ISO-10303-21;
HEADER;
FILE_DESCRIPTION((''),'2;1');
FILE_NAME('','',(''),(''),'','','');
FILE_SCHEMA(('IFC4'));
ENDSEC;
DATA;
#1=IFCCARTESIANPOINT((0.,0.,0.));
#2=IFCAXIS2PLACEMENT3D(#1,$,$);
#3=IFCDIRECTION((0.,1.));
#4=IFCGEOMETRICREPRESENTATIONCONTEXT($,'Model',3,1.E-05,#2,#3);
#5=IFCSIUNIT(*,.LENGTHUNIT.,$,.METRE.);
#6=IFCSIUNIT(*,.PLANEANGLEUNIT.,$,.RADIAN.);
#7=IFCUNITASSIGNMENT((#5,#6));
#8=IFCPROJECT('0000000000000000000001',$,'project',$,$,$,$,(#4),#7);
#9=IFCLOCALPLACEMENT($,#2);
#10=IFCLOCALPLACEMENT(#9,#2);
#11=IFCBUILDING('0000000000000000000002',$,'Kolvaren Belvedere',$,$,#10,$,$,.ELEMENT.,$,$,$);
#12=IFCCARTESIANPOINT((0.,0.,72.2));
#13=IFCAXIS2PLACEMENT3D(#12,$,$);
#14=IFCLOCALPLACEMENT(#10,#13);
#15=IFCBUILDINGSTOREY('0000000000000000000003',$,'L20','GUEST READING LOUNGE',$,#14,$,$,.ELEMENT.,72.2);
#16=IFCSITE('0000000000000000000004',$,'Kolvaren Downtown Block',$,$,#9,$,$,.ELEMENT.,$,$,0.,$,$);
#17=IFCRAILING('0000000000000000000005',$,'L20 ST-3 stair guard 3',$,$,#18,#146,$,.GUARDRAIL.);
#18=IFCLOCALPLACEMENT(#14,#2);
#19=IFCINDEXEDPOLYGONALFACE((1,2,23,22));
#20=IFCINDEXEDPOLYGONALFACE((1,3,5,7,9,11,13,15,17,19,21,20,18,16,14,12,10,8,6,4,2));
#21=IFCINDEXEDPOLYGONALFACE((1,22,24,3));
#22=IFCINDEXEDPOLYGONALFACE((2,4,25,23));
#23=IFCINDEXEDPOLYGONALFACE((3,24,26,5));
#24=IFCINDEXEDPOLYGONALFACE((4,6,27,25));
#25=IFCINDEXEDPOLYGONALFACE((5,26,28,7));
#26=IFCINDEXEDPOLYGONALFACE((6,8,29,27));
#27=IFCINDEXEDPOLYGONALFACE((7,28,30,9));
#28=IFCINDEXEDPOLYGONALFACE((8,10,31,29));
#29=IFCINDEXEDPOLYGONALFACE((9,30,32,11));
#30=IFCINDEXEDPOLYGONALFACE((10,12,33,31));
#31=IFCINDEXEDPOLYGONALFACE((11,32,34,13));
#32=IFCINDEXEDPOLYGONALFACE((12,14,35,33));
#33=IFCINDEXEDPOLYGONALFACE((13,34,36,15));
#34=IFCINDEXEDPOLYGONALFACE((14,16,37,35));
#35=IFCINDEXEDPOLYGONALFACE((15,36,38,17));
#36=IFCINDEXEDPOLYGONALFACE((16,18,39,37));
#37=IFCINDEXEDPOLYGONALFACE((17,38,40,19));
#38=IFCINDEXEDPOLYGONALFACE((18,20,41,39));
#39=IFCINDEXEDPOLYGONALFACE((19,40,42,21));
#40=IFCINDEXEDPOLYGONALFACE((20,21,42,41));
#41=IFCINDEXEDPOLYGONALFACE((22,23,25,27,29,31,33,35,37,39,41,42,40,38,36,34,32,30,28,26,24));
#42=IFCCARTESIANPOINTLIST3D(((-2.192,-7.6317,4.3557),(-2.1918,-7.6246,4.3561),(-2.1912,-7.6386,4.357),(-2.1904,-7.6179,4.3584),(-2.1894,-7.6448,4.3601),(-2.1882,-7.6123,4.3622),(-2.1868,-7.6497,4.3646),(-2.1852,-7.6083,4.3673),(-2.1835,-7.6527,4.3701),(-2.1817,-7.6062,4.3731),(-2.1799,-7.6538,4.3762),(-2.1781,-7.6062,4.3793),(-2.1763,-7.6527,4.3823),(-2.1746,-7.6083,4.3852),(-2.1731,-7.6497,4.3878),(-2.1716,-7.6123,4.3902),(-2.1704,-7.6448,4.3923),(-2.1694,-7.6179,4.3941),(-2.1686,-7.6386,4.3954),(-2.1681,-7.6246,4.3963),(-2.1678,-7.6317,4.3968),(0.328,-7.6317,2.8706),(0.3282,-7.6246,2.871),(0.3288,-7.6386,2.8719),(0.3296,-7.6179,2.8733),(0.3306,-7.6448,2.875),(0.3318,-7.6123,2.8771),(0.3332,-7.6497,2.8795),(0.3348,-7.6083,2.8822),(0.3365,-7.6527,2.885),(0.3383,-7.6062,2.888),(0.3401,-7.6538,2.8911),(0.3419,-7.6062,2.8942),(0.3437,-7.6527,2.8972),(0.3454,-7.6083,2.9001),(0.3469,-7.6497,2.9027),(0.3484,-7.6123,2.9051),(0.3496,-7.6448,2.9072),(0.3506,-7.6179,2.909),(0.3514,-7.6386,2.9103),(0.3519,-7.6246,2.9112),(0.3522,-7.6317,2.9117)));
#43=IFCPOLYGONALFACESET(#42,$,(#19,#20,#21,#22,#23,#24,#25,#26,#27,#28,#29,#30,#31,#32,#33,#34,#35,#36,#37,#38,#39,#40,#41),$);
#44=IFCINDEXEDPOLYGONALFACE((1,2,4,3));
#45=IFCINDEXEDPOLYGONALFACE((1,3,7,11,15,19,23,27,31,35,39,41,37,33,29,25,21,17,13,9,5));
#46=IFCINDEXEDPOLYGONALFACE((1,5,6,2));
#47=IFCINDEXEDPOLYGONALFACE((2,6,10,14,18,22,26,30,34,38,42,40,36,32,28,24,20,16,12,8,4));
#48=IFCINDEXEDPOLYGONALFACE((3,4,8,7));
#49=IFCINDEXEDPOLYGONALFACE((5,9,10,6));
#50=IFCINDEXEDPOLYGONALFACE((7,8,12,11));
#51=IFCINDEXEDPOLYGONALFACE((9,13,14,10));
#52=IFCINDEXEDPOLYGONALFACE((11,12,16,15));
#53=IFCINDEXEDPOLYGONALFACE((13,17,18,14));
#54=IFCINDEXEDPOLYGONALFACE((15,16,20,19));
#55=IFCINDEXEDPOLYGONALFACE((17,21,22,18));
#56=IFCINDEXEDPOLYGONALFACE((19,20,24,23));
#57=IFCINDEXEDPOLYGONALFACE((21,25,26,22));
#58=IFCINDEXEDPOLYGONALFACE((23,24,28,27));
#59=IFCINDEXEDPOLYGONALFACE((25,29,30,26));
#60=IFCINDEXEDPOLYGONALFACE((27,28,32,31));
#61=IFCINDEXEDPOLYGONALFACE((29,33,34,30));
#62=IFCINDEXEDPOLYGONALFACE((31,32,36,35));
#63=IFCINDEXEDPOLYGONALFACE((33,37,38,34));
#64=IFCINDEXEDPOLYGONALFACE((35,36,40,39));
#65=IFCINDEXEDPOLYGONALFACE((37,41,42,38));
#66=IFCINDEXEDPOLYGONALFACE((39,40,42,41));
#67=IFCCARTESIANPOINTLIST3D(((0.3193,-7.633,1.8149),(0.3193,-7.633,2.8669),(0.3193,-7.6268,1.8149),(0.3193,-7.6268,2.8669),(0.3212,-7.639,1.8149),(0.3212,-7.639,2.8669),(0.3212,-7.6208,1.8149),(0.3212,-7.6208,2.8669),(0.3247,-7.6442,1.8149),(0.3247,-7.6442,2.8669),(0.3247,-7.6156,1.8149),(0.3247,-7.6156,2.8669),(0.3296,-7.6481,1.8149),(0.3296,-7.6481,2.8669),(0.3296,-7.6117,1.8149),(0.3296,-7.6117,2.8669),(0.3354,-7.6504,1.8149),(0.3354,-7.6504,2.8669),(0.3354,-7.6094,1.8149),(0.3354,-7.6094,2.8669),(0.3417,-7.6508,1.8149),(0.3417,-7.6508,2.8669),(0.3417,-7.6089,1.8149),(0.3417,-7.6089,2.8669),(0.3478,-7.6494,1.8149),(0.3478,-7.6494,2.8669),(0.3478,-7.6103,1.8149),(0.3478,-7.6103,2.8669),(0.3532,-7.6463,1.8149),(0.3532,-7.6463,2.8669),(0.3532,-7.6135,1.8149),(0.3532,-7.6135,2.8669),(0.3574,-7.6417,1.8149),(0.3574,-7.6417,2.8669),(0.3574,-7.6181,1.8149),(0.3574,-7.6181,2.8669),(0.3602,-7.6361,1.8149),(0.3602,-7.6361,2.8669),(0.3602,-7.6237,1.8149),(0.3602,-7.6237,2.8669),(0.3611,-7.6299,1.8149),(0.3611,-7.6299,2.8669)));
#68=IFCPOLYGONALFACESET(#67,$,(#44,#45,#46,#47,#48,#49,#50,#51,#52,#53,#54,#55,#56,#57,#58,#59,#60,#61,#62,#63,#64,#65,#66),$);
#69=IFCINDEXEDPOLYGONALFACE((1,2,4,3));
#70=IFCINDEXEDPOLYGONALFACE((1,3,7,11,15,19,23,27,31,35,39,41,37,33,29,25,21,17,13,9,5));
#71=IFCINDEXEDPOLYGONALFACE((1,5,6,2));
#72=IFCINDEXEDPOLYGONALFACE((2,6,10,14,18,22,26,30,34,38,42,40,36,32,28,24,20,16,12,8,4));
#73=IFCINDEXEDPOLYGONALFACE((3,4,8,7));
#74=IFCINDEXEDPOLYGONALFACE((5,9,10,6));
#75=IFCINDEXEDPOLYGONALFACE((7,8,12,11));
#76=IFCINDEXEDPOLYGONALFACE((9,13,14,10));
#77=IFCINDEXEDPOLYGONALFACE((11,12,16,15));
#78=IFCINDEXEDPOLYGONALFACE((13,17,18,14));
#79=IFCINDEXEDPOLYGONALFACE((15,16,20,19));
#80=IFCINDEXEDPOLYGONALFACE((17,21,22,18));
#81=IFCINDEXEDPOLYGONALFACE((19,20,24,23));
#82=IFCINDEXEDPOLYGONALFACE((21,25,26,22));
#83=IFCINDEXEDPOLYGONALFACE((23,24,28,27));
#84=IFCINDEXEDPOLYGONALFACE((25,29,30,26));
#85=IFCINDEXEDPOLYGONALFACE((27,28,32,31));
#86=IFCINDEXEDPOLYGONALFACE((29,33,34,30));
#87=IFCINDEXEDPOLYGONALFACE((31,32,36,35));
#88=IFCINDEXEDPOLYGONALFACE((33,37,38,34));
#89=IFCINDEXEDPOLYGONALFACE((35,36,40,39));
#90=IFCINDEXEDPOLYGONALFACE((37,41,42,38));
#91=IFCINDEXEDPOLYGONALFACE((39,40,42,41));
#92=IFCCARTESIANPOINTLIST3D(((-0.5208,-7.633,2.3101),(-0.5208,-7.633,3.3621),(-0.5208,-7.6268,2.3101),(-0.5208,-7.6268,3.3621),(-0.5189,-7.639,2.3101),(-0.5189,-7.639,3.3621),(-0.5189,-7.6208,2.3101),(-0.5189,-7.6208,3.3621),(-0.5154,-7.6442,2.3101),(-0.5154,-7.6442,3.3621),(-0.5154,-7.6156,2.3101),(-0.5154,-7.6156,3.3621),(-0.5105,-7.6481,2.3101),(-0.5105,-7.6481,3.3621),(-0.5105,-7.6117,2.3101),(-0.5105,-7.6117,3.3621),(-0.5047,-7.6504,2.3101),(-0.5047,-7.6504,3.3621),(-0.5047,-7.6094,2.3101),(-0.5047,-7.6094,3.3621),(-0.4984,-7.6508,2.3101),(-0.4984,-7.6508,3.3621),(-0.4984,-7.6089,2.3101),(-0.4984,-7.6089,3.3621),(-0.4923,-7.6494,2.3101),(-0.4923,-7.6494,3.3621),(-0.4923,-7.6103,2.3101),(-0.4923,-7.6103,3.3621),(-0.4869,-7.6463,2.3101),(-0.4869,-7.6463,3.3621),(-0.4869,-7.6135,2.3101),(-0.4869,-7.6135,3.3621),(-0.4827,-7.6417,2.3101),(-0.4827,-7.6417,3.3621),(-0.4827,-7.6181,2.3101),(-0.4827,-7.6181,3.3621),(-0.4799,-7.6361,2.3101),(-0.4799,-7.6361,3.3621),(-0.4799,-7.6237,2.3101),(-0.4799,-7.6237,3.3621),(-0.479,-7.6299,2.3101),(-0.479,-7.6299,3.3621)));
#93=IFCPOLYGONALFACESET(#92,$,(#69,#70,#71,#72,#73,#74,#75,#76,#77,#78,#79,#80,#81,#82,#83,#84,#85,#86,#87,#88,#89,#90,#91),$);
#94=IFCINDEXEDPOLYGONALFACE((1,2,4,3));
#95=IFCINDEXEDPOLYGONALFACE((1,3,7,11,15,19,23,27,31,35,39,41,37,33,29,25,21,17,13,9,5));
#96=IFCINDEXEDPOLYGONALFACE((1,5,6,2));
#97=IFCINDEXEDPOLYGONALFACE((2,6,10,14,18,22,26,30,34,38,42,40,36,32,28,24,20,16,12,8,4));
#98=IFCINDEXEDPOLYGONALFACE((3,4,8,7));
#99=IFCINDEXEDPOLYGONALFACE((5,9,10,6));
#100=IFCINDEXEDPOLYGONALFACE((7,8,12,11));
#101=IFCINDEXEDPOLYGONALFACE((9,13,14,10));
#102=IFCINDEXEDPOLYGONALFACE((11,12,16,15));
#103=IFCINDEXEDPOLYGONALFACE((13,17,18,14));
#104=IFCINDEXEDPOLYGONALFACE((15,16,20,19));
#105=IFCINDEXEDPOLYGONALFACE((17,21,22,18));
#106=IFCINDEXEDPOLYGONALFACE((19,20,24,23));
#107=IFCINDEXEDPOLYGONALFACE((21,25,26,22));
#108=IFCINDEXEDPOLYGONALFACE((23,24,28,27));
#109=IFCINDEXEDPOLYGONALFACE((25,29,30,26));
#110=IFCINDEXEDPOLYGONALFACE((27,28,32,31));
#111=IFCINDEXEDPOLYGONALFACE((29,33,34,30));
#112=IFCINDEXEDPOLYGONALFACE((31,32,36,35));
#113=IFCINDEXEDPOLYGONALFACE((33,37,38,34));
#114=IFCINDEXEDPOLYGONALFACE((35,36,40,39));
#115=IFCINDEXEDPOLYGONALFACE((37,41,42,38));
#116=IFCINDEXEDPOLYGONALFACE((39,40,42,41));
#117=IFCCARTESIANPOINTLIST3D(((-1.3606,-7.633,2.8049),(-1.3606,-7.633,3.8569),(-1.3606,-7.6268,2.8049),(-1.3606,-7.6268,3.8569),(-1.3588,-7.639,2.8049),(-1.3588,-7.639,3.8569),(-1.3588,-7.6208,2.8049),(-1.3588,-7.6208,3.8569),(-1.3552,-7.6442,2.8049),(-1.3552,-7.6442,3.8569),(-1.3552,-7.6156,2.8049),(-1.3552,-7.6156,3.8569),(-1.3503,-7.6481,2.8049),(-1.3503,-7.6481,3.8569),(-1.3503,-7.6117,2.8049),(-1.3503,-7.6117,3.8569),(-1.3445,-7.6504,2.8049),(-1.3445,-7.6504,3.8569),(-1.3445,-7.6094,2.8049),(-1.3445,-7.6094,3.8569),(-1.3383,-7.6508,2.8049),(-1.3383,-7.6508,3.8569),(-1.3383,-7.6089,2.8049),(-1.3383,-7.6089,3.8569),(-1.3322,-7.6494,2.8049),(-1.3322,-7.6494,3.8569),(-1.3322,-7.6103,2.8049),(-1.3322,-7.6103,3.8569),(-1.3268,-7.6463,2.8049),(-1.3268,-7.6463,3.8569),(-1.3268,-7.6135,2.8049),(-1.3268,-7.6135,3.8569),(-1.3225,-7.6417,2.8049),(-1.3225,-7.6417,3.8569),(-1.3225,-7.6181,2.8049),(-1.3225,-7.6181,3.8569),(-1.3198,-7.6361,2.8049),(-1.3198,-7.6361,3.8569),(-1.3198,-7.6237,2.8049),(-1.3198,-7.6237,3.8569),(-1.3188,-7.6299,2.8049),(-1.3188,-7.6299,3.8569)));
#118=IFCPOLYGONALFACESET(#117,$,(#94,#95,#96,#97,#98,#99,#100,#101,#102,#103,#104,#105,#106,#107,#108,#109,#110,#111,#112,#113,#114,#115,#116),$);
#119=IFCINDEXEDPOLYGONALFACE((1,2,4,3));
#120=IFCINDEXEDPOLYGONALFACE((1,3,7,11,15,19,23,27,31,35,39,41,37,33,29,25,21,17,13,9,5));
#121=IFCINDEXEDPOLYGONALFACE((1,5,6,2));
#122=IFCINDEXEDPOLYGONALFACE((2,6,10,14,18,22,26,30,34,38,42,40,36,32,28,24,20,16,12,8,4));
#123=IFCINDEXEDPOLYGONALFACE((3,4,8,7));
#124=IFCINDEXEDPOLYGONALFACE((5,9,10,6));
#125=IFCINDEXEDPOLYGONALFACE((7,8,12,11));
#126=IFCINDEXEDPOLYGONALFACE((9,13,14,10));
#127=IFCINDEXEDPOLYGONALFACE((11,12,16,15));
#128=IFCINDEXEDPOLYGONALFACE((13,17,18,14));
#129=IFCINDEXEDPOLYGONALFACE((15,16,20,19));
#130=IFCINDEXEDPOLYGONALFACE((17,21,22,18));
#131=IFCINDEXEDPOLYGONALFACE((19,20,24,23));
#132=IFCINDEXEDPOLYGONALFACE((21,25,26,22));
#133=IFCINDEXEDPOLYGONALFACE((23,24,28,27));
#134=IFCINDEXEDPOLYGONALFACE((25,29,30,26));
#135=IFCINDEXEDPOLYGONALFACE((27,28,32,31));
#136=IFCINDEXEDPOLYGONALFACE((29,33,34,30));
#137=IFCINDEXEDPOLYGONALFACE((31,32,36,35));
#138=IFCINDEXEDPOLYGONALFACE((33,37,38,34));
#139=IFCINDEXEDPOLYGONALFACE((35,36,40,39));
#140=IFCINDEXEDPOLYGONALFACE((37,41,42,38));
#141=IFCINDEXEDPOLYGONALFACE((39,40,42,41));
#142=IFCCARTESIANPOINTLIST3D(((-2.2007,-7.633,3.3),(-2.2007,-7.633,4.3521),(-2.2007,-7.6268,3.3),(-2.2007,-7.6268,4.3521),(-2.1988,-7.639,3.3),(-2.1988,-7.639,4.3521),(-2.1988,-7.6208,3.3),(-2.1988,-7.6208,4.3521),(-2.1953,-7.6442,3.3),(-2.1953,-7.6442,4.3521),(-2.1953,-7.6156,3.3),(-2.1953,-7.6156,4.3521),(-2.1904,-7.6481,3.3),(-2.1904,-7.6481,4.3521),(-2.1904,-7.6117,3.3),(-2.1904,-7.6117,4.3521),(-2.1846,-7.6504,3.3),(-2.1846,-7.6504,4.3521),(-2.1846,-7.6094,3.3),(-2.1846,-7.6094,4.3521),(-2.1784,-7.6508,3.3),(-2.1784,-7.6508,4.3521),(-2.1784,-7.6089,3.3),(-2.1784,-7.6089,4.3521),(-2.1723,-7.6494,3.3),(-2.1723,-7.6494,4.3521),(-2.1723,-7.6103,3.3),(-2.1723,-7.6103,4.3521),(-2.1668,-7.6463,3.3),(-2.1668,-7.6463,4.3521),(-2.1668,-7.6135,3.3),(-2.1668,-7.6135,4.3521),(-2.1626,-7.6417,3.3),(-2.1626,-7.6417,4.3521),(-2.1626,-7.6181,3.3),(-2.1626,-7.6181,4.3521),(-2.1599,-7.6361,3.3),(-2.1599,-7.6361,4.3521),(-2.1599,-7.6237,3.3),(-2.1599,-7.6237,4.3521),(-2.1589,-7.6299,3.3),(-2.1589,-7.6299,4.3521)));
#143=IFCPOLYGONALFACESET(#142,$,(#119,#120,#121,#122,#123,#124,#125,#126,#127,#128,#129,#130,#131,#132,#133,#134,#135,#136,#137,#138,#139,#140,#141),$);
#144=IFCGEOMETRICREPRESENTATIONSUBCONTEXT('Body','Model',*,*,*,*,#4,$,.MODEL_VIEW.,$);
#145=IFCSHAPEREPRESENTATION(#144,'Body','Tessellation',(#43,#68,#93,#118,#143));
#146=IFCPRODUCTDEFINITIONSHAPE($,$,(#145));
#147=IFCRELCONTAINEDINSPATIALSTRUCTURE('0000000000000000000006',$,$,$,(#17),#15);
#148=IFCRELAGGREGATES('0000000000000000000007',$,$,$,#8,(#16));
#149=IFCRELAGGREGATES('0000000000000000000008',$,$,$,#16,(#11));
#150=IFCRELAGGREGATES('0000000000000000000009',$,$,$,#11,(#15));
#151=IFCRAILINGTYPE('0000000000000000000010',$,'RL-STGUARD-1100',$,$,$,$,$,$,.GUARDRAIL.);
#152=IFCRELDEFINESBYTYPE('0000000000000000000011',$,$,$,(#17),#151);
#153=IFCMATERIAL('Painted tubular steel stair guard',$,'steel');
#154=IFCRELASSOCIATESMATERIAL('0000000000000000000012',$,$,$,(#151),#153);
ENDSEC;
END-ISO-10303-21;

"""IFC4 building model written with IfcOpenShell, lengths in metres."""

from ifc_helpers import new_model, si_unit, direction, frame, origin, origin_2d, place, context, subcontext, project, spatial, circle, extrude, material, type_object, element, save


model = new_model("IFC4")

# Units and contexts
model_context = context("Model", 3, precision=1e-05, world=origin(), true_north=direction((0.0, 1.0)))
body_context = subcontext(model_context, "Body", "Model", "MODEL_VIEW")
ifc_project = project(units=[si_unit("LENGTHUNIT", "METRE"), si_unit("PLANEANGLEUNIT", "RADIAN")], contexts=[model_context])

# Site, building, storey
site_placement = place(None, origin())
site = spatial("IfcSite", under=ifc_project, at=site_placement, Name="Kolvaren Downtown Block", CompositionType="ELEMENT", RefElevation=0.0)
building_placement = place(site_placement, origin())
building = spatial("IfcBuilding", under=site, at=building_placement, Name="Kolvaren Belvedere", CompositionType="ELEMENT")
storey_placement = place(building_placement, frame((0.0, 0.0, 72.2)))
storey = spatial("IfcBuildingStorey", under=building, at=storey_placement, Name="L20", Description="GUEST READING LOUNGE", CompositionType="ELEMENT", Elevation=72.2)

# Railing
ifc_material_1 = material(Name="Painted tubular steel stair guard", Category="steel")
railing_type_1 = type_object("IfcRailingType", Name="RL-STGUARD-1100", PredefinedType="GUARDRAIL", material=ifc_material_1)
railing_1_placement = place(storey_placement, frame((0.3401, -7.6299, 1.8149)))
element("IfcRailing", 1, at=railing_1_placement, inside=storey, type_object=railing_type_1, Name="L20 ST-3 stair guard 3", PredefinedType="GUARDRAIL", context=body_context, shape_type="SweptSolid", body=[
    extrude(circle(Radius=0.0239, at=origin_2d()), frame((0.0, 0.0, 1.0762), z_axis=(-0.861524, 0.0, 0.507717), x_axis=(0.0, -1.0, 0.0)), (0.0, 0.0, 1.0), 2.925),
    extrude(circle(Radius=0.021, at=origin_2d()), origin(), (0.0, 0.0, 1.0), 1.052),
    extrude(circle(Radius=0.021, at=origin_2d()), frame((-0.8401, 0.0, 0.4951)), (0.0, 0.0, 1.0), 1.052),
    extrude(circle(Radius=0.021, at=origin_2d()), frame((-1.6799, 0.0, 0.99)), (0.0, 0.0, 1.0), 1.052),
    extrude(circle(Radius=0.021, at=origin_2d()), frame((-2.52, 0.0, 1.4851)), (0.0, 0.0, 1.0), 1.052),
])

save(model, "model.ifc")
